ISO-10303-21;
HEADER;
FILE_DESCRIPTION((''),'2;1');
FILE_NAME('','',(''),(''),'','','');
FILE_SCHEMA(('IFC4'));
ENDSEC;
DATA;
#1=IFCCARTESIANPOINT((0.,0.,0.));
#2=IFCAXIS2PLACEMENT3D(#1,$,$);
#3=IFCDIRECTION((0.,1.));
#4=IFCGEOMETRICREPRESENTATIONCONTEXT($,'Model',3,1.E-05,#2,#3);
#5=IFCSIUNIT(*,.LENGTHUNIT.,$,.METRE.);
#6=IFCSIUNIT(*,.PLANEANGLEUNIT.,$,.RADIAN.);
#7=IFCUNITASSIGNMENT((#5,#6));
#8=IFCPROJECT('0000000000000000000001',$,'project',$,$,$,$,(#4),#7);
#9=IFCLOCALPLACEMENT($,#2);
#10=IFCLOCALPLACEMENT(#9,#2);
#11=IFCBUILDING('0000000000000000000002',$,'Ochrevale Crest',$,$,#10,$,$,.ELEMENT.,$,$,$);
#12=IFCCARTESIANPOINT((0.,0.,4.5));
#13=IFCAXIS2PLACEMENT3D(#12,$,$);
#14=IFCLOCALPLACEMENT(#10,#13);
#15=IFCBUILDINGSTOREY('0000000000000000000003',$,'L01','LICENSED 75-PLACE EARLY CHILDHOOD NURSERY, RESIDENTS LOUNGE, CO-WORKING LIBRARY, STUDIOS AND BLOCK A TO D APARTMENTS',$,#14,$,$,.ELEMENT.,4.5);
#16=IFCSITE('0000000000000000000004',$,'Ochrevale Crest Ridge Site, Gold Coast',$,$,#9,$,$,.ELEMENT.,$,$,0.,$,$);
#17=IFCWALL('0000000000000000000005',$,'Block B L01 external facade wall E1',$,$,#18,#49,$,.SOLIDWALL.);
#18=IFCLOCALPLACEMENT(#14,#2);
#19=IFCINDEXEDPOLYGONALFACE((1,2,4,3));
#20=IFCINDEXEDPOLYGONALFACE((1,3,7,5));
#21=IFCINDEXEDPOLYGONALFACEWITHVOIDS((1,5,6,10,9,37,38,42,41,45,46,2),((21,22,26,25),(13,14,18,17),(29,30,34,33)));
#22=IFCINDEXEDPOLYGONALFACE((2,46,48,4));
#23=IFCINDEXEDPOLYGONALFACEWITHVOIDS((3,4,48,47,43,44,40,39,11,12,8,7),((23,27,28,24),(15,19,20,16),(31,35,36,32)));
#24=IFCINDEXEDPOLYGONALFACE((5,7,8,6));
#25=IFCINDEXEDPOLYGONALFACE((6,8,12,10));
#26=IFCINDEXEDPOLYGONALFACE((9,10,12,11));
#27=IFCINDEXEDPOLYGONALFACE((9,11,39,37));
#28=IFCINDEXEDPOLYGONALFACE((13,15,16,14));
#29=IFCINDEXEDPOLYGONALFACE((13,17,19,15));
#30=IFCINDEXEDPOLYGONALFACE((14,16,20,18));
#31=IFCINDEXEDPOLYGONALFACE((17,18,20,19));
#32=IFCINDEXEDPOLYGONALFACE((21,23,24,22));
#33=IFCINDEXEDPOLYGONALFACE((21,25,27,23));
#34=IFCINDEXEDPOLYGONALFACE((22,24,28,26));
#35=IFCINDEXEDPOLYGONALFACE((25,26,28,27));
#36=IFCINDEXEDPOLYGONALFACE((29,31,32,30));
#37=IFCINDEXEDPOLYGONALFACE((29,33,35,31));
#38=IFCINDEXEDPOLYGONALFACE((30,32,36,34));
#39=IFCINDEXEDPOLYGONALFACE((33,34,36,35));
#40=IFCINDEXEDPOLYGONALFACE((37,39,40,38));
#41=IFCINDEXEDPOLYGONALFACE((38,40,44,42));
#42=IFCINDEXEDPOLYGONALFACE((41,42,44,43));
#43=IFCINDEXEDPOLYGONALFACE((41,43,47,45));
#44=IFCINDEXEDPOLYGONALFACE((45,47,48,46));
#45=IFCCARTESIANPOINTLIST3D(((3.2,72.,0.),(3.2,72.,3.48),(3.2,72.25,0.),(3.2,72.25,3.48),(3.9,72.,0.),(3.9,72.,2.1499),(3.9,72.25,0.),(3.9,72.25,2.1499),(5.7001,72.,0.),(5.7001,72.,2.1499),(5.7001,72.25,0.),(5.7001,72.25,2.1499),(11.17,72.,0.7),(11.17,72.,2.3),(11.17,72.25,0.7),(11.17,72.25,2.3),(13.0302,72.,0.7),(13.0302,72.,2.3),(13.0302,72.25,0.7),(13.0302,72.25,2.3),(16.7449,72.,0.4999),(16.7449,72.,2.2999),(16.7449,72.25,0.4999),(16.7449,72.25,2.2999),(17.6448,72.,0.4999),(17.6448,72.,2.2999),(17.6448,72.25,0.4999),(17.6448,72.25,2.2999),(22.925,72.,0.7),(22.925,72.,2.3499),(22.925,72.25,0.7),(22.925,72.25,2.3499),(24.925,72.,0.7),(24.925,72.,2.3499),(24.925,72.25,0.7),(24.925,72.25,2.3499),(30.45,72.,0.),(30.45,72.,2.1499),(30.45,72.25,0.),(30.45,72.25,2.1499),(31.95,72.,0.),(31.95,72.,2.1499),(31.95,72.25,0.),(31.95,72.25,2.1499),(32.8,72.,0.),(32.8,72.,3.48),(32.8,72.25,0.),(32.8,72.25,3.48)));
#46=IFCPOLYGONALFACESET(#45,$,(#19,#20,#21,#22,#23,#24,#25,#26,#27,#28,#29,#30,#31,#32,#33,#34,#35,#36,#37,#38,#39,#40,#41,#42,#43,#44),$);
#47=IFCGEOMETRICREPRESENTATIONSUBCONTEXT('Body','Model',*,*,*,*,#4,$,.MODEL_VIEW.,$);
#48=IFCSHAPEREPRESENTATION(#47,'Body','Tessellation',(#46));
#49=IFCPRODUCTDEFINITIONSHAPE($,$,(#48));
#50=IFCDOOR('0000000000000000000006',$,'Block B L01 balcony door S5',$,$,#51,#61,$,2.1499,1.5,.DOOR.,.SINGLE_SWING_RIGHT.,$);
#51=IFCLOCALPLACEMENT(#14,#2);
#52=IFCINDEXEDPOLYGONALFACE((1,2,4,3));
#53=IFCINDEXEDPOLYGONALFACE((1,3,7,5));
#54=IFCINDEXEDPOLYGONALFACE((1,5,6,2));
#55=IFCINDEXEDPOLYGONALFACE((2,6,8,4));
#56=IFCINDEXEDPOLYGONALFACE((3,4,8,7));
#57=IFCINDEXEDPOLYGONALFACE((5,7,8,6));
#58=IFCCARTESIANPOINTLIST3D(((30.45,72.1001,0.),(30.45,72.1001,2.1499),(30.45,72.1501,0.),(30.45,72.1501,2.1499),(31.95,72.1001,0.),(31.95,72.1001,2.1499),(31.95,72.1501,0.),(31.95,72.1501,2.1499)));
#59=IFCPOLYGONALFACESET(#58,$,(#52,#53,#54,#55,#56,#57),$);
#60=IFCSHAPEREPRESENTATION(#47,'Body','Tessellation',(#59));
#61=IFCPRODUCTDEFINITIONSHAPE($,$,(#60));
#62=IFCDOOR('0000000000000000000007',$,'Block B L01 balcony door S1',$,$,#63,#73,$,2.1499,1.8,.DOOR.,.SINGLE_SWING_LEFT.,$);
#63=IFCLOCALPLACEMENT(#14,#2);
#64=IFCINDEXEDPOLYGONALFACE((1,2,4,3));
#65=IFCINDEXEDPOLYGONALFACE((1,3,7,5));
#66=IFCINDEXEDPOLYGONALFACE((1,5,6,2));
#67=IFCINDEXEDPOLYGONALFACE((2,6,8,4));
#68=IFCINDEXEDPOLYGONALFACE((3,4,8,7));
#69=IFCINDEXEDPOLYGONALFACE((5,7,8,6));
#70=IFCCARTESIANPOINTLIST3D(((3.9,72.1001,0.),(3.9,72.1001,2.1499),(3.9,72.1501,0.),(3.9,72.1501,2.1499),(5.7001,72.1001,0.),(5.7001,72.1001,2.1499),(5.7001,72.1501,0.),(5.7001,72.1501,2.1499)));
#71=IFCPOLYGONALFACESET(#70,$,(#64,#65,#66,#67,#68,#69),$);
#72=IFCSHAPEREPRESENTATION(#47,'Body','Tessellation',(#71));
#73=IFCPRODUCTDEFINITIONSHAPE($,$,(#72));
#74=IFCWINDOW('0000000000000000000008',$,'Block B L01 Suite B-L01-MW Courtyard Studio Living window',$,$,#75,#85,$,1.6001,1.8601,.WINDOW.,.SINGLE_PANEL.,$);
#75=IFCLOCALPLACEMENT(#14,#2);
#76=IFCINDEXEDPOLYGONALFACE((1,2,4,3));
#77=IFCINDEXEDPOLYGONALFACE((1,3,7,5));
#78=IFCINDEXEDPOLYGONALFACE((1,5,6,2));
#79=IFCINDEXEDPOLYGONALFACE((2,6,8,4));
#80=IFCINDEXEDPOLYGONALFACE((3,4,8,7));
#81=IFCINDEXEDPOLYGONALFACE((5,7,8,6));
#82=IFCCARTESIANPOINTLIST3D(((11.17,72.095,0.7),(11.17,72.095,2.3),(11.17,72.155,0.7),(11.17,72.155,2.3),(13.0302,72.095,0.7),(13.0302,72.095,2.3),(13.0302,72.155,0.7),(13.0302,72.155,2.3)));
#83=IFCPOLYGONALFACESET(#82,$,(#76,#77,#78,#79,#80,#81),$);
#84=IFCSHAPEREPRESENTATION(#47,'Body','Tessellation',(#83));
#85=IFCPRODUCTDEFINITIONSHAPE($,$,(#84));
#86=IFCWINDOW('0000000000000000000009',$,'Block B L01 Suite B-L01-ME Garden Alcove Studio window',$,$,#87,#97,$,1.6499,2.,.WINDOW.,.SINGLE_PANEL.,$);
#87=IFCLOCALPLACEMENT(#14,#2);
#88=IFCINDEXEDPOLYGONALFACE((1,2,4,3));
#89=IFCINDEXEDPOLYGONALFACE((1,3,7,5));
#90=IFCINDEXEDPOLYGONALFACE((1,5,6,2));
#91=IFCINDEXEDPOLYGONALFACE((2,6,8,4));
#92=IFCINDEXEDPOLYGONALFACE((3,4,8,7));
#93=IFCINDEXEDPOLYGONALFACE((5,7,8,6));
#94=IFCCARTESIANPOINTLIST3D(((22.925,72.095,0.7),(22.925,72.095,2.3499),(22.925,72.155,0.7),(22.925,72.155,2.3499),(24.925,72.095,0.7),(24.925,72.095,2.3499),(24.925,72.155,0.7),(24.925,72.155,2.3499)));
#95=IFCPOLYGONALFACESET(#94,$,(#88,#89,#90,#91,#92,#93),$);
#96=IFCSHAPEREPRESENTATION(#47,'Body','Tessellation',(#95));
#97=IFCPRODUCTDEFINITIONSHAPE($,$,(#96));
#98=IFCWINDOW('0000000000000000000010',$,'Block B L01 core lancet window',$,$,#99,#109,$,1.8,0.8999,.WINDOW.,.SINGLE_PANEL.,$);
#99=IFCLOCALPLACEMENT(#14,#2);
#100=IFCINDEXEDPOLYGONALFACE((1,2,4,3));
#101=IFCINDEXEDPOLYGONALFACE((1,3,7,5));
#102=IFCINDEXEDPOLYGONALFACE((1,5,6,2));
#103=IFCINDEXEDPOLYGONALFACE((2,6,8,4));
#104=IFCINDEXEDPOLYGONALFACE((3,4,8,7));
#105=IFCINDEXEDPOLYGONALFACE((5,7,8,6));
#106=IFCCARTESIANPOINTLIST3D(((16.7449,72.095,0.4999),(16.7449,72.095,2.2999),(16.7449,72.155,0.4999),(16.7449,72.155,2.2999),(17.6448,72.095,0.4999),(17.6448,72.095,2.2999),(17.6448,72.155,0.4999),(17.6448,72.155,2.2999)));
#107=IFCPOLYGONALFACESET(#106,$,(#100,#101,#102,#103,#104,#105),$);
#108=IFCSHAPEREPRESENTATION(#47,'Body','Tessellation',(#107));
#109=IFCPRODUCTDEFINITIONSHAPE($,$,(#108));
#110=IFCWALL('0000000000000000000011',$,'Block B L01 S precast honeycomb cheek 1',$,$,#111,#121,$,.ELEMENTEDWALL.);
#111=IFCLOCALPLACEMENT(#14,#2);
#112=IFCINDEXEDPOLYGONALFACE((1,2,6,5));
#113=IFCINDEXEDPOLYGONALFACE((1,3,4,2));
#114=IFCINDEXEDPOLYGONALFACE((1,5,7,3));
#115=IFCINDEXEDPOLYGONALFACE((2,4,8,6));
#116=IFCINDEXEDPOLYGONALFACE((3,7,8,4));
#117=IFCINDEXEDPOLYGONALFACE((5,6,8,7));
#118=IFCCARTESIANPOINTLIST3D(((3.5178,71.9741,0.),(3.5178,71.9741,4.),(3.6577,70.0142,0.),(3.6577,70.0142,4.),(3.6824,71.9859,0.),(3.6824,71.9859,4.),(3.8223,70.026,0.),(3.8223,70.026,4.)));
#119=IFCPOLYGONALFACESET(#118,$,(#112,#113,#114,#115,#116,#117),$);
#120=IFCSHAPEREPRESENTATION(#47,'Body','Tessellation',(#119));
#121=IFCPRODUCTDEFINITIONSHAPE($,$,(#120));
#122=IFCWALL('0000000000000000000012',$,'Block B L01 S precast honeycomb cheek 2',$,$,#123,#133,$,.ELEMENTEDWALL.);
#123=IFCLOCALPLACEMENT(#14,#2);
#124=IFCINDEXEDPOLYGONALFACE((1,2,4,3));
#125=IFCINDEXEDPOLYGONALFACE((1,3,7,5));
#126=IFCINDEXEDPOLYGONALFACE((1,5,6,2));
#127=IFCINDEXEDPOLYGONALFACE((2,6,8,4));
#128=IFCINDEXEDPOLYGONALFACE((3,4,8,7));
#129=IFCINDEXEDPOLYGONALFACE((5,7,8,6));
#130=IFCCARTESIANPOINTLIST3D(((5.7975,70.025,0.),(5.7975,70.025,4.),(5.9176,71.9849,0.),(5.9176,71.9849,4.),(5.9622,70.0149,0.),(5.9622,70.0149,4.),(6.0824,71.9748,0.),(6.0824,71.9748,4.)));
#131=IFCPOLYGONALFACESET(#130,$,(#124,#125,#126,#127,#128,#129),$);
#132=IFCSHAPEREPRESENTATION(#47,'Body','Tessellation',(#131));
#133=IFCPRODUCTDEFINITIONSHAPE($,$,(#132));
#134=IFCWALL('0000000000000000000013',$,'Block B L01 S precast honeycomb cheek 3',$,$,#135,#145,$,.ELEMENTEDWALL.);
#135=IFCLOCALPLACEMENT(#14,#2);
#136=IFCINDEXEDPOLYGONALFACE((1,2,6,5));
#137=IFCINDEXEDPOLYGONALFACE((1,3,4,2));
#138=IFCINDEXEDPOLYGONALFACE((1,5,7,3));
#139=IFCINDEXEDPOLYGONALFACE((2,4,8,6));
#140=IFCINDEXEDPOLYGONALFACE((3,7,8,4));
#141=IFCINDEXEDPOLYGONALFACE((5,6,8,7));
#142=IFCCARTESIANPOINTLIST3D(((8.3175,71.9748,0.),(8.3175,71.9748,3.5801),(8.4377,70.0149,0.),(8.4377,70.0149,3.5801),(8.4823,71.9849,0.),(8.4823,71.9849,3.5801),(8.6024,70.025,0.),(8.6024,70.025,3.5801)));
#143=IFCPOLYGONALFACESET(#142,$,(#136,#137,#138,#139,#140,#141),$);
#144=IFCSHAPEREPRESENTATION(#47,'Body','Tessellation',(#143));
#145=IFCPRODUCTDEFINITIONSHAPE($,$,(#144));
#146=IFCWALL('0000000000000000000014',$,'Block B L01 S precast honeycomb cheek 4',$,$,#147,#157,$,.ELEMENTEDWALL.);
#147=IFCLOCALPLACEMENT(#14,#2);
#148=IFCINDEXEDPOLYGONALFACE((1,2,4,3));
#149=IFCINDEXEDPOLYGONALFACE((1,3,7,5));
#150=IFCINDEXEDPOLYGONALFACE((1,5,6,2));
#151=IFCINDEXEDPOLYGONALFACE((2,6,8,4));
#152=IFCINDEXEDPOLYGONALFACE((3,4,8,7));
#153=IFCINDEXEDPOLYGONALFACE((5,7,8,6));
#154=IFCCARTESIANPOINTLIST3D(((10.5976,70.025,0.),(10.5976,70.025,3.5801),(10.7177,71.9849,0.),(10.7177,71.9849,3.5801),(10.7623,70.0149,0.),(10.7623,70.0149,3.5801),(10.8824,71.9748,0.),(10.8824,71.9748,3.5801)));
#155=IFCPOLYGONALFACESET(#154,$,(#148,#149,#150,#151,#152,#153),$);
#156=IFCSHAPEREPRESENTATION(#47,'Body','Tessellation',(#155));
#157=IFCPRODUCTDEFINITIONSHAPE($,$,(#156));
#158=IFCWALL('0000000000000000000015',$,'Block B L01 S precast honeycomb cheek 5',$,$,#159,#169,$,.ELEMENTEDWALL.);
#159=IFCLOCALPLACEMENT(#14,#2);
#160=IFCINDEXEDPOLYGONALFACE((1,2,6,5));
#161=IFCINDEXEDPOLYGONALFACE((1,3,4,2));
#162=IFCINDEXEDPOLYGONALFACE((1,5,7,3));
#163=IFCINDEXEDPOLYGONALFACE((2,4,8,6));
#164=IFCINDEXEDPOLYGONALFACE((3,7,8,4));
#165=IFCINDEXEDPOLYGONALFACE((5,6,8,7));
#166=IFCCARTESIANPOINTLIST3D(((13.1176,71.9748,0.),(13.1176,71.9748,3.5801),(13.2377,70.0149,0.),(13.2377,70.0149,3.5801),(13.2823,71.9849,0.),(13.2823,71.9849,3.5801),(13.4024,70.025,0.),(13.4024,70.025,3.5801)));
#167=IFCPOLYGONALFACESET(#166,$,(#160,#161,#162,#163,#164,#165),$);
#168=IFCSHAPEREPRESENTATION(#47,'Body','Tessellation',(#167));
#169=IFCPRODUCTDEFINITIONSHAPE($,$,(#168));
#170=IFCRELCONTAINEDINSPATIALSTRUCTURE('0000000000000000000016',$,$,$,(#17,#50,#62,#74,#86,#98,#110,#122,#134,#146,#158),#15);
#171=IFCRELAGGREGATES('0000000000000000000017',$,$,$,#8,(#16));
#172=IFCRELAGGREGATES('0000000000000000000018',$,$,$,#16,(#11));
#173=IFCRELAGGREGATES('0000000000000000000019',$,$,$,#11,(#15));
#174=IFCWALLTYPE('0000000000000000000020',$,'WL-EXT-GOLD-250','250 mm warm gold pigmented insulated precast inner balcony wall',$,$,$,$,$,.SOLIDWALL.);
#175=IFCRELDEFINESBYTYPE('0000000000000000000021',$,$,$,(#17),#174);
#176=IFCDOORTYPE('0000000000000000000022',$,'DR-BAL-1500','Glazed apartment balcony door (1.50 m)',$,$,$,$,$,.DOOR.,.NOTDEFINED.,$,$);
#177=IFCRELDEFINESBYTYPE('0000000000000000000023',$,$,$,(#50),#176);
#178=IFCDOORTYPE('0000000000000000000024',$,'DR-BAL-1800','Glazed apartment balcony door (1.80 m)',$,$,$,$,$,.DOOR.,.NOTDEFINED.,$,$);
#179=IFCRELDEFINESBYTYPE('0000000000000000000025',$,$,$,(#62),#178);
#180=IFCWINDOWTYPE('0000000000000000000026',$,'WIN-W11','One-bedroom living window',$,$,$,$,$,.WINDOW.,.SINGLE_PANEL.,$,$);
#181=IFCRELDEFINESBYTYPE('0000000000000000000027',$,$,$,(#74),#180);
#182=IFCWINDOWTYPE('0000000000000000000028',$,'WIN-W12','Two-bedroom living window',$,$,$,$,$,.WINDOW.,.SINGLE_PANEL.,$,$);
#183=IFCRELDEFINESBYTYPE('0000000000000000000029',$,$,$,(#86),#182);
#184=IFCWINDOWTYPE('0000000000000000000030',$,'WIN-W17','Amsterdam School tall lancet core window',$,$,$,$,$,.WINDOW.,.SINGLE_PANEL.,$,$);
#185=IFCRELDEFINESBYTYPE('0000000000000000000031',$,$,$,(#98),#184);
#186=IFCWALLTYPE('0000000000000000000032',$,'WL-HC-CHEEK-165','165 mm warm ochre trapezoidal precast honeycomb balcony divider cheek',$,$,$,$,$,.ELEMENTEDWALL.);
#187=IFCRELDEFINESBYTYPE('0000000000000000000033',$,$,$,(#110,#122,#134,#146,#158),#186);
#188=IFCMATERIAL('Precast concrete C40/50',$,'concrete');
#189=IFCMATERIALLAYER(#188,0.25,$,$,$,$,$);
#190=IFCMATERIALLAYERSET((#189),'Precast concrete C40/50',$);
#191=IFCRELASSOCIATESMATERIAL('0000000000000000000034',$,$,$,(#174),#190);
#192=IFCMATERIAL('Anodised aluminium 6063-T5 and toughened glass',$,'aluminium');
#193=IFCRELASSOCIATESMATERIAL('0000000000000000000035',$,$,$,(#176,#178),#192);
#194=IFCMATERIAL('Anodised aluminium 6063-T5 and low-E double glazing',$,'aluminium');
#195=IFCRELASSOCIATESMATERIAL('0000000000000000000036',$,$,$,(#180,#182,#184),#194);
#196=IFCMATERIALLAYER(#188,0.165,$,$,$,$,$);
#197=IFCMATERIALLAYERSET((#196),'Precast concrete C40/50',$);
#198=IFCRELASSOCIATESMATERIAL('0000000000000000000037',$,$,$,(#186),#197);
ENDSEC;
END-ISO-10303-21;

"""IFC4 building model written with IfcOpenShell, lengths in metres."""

from ifc_helpers import new_model, si_unit, direction, frame, frame_2d, origin, place, context, subcontext, project, spatial, rectangle, extrude, material, layer, layer_set, type_object, element, fill, save


model = new_model("IFC4")

# Units and contexts
model_context = context("Model", 3, precision=1e-05, world=origin(), true_north=direction((0.0, 1.0)))
body_context = subcontext(model_context, "Body", "Model", "MODEL_VIEW")
ifc_project = project(units=[si_unit("LENGTHUNIT", "METRE"), si_unit("PLANEANGLEUNIT", "RADIAN")], contexts=[model_context])

# Site, building, storey
site_placement = place(None, origin())
site = spatial("IfcSite", under=ifc_project, at=site_placement, Name="Ochrevale Crest Ridge Site, Gold Coast", CompositionType="ELEMENT", RefElevation=0.0)
building_placement = place(site_placement, origin())
building = spatial("IfcBuilding", under=site, at=building_placement, Name="Ochrevale Crest", CompositionType="ELEMENT")
storey_placement = place(building_placement, frame((0.0, 0.0, 4.5)))
storey = spatial("IfcBuildingStorey", under=building, at=storey_placement, Name="L01", Description="LICENSED 75-PLACE EARLY CHILDHOOD NURSERY, RESIDENTS LOUNGE, CO-WORKING LIBRARY, STUDIOS AND BLOCK A TO D APARTMENTS", CompositionType="ELEMENT", Elevation=4.5)

# Shared definitions
ifc_material_1 = material(Name="Precast concrete C40/50", Category="concrete")

# Wall, openings, doors, windows
ifc_layer_1 = layer(ifc_material_1, 0.25)
ifc_layer_set_1 = layer_set([ifc_layer_1], Name="Precast concrete C40/50")
wall_type_1 = type_object("IfcWallType", Name="WL-EXT-GOLD-250", Description="250 mm warm gold pigmented insulated precast inner balcony wall", PredefinedType="SOLIDWALL", material=ifc_layer_set_1)
wall_1_placement = place(storey_placement, frame((3.2, 72.125, 0.0), z_axis=(0.0, 0.0, 1.0), x_axis=(1.0, 0.0, 0.0)))
wall_1 = element("IfcWall", 1, at=wall_1_placement, inside=storey, type_object=wall_type_1, Name="Block B L01 external facade wall E1", PredefinedType="SOLIDWALL", context=body_context, shape_type="SweptSolid", body=[
    extrude(rectangle(XDim=29.6001, YDim=0.25, at=frame_2d((14.8, 0.0))), origin(), (0.0, 0.0, 1.0), 3.48),
])
opening_1_placement = place(wall_1_placement, frame((2.5, 0.0, 0.0), z_axis=(0.0, 0.0, 1.0), x_axis=(-1.0, 0.0, 0.0)))
opening_1 = element("IfcOpeningElement", 2, at=opening_1_placement, cuts=wall_1, PredefinedType="OPENING", context=body_context, shape_type="SweptSolid", body=[
    extrude(rectangle(XDim=1.8, YDim=2.1499, at=frame_2d((0.8999, 1.075))), frame((0.0, 0.135, 0.0), z_axis=(0.0, -1.0, 0.0), x_axis=(1.0, 0.0, 0.0)), (0.0, 0.0, 1.0), 0.27),
])
opening_2_placement = place(wall_1_placement, frame((28.75, 0.0, 0.0), z_axis=(0.0, 0.0, 1.0), x_axis=(-1.0, 0.0, 0.0)))
opening_2 = element("IfcOpeningElement", 3, at=opening_2_placement, cuts=wall_1, PredefinedType="OPENING", context=body_context, shape_type="SweptSolid", body=[
    extrude(rectangle(XDim=1.5, YDim=2.1499, at=frame_2d((0.75, 1.075))), frame((0.0, 0.135, 0.0), z_axis=(0.0, -1.0, 0.0), x_axis=(1.0, 0.0, 0.0)), (0.0, 0.0, 1.0), 0.27),
])
opening_3_placement = place(wall_1_placement, frame((13.5449, 0.0, 0.5)))
opening_3 = element("IfcOpeningElement", 4, at=opening_3_placement, cuts=wall_1, PredefinedType="OPENING", context=body_context, shape_type="SweptSolid", body=[
    extrude(rectangle(XDim=0.8999, YDim=1.8, at=frame_2d((0.45, 0.8999))), frame((0.0, 0.135, 0.0), z_axis=(0.0, -1.0, 0.0), x_axis=(1.0, 0.0, 0.0)), (0.0, 0.0, 1.0), 0.27),
])
opening_4_placement = place(wall_1_placement, frame((19.7251, 0.0, 0.7)))
opening_4 = element("IfcOpeningElement", 5, at=opening_4_placement, cuts=wall_1, PredefinedType="OPENING", context=body_context, shape_type="SweptSolid", body=[
    extrude(rectangle(XDim=2.0, YDim=1.6499, at=frame_2d((1.0, 0.825))), frame((0.0, 0.135, 0.0), z_axis=(0.0, -1.0, 0.0), x_axis=(1.0, 0.0, 0.0)), (0.0, 0.0, 1.0), 0.27),
])
opening_5_placement = place(wall_1_placement, frame((7.97, 0.0, 0.7)))
opening_5 = element("IfcOpeningElement", 6, at=opening_5_placement, cuts=wall_1, PredefinedType="OPENING", context=body_context, shape_type="SweptSolid", body=[
    extrude(rectangle(XDim=1.8601, YDim=1.6001, at=frame_2d((0.9302, 0.8))), frame((0.0, 0.135, 0.0), z_axis=(0.0, -1.0, 0.0), x_axis=(1.0, 0.0, 0.0)), (0.0, 0.0, 1.0), 0.27),
])
ifc_material_2 = material(Name="Anodised aluminium 6063-T5 and toughened glass", Category="aluminium")
door_type_1 = type_object("IfcDoorType", Name="DR-BAL-1500", Description="Glazed apartment balcony door (1.50 m)", OperationType="NOTDEFINED", PredefinedType="DOOR", material=ifc_material_2)
door_1_placement = place(opening_2_placement, origin())
door_1 = element("IfcDoor", 7, at=door_1_placement, inside=storey, type_object=door_type_1, Name="Block B L01 balcony door S5", OperationType="SINGLE_SWING_RIGHT", OverallHeight=2.1499, OverallWidth=1.5, PredefinedType="DOOR", context=body_context, shape_type="SweptSolid", body=[
    extrude(rectangle(XDim=1.5, YDim=2.1499, at=frame_2d((0.75, 1.075))), frame((0.0, 0.0249, 0.0), z_axis=(0.0, -1.0, 0.0), x_axis=(1.0, 0.0, 0.0)), (0.0, 0.0, 1.0), 0.05),
])
fill(opening_2, door_1)
door_type_2 = type_object("IfcDoorType", Name="DR-BAL-1800", Description="Glazed apartment balcony door (1.80 m)", OperationType="NOTDEFINED", PredefinedType="DOOR", material=ifc_material_2)
door_2_placement = place(opening_1_placement, origin())
door_2 = element("IfcDoor", 8, at=door_2_placement, inside=storey, type_object=door_type_2, Name="Block B L01 balcony door S1", OperationType="SINGLE_SWING_LEFT", OverallHeight=2.1499, OverallWidth=1.8, PredefinedType="DOOR", context=body_context, shape_type="SweptSolid", body=[
    extrude(rectangle(XDim=1.8, YDim=2.1499, at=frame_2d((0.8999, 1.075))), frame((0.0, 0.0249, 0.0), z_axis=(0.0, -1.0, 0.0), x_axis=(1.0, 0.0, 0.0)), (0.0, 0.0, 1.0), 0.05),
])
fill(opening_1, door_2)
ifc_material_3 = material(Name="Anodised aluminium 6063-T5 and low-E double glazing", Category="aluminium")
window_type_1 = type_object("IfcWindowType", Name="WIN-W11", Description="One-bedroom living window", PartitioningType="SINGLE_PANEL", PredefinedType="WINDOW", material=ifc_material_3)
window_1_placement = place(opening_5_placement, origin())
window_1 = element("IfcWindow", 9, at=window_1_placement, inside=storey, type_object=window_type_1, Name="Block B L01 Suite B-L01-MW Courtyard Studio Living window", OverallHeight=1.6001, OverallWidth=1.8601, PartitioningType="SINGLE_PANEL", PredefinedType="WINDOW", context=body_context, shape_type="SweptSolid", body=[
    extrude(rectangle(XDim=1.8601, YDim=1.6001, at=frame_2d((0.9302, 0.8))), frame((0.0, 0.03, 0.0), z_axis=(0.0, -1.0, 0.0), x_axis=(1.0, 0.0, 0.0)), (0.0, 0.0, 1.0), 0.0601),
])
fill(opening_5, window_1)
window_type_2 = type_object("IfcWindowType", Name="WIN-W12", Description="Two-bedroom living window", PartitioningType="SINGLE_PANEL", PredefinedType="WINDOW", material=ifc_material_3)
window_2_placement = place(opening_4_placement, origin())
window_2 = element("IfcWindow", 10, at=window_2_placement, inside=storey, type_object=window_type_2, Name="Block B L01 Suite B-L01-ME Garden Alcove Studio window", OverallHeight=1.6499, OverallWidth=2.0, PartitioningType="SINGLE_PANEL", PredefinedType="WINDOW", context=body_context, shape_type="SweptSolid", body=[
    extrude(rectangle(XDim=2.0, YDim=1.6499, at=frame_2d((1.0, 0.825))), frame((0.0, 0.03, 0.0), z_axis=(0.0, -1.0, 0.0), x_axis=(1.0, 0.0, 0.0)), (0.0, 0.0, 1.0), 0.0601),
])
fill(opening_4, window_2)
window_type_3 = type_object("IfcWindowType", Name="WIN-W17", Description="Amsterdam School tall lancet core window", PartitioningType="SINGLE_PANEL", PredefinedType="WINDOW", material=ifc_material_3)
window_3_placement = place(opening_3_placement, origin())
window_3 = element("IfcWindow", 11, at=window_3_placement, inside=storey, type_object=window_type_3, Name="Block B L01 core lancet window", OverallHeight=1.8, OverallWidth=0.8999, PartitioningType="SINGLE_PANEL", PredefinedType="WINDOW", context=body_context, shape_type="SweptSolid", body=[
    extrude(rectangle(XDim=0.8999, YDim=1.8, at=frame_2d((0.45, 0.8999))), frame((0.0, 0.03, 0.0), z_axis=(0.0, -1.0, 0.0), x_axis=(1.0, 0.0, 0.0)), (0.0, 0.0, 1.0), 0.0601),
])
fill(opening_3, window_3)

# Walls
ifc_layer_2 = layer(ifc_material_1, 0.165)
ifc_layer_set_2 = layer_set([ifc_layer_2], Name="Precast concrete C40/50")
wall_type_2 = type_object("IfcWallType", Name="WL-HC-CHEEK-165", Description="165 mm warm ochre trapezoidal precast honeycomb balcony divider cheek", PredefinedType="ELEMENTEDWALL", material=ifc_layer_set_2)
wall_2_placement = place(storey_placement, frame((3.6001, 71.98, 0.0), z_axis=(0.0, 0.0, 1.0), x_axis=(0.071194, -0.997462, 0.0)))
element("IfcWall", 12, at=wall_2_placement, inside=storey, type_object=wall_type_2, Name="Block B L01 S precast honeycomb cheek 1", PredefinedType="ELEMENTEDWALL", context=body_context, shape_type="SweptSolid", body=[
    extrude(rectangle(XDim=1.9648, YDim=0.165, at=frame_2d((0.9824, 0.0))), origin(), (0.0, 0.0, 1.0), 4.0),
])
wall_3_placement = place(storey_placement, frame((6.0, 71.98, 0.0), z_axis=(0.0, 0.0, 1.0), x_axis=(-0.061171, -0.998127, 0.0)))
element("IfcWall", 13, at=wall_3_placement, inside=storey, type_object=wall_type_2, Name="Block B L01 S precast honeycomb cheek 2", PredefinedType="ELEMENTEDWALL", context=body_context, shape_type="SweptSolid", body=[
    extrude(rectangle(XDim=1.9636, YDim=0.165, at=frame_2d((0.9819, 0.0))), origin(), (0.0, 0.0, 1.0), 4.0),
])
for number, where, z_axis, x_axis, name in (
    (14, (8.3999, 71.98, 0.0), (0.0, 0.0, 1.0), (0.061171, -0.998127, 0.0), "Block B L01 S precast honeycomb cheek 3"),
    (15, (10.8, 71.98, 0.0), (0.0, 0.0, 1.0), (-0.061171, -0.998127, 0.0), "Block B L01 S precast honeycomb cheek 4"),
    (16, (13.2, 71.98, 0.0), (0.0, 0.0, 1.0), (0.061171, -0.998127, 0.0), "Block B L01 S precast honeycomb cheek 5"),
):
    element("IfcWall", number, at=place(storey_placement, frame(where, z_axis=z_axis, x_axis=x_axis)), inside=storey, type_object=wall_type_2, Name=name, PredefinedType="ELEMENTEDWALL", context=body_context, shape_type="SweptSolid", body=[
        extrude(rectangle(XDim=1.9636, YDim=0.165, at=frame_2d((0.9819, 0.0))), origin(), (0.0, 0.0, 1.0), 3.5801),
    ])

save(model, "model.ifc")
